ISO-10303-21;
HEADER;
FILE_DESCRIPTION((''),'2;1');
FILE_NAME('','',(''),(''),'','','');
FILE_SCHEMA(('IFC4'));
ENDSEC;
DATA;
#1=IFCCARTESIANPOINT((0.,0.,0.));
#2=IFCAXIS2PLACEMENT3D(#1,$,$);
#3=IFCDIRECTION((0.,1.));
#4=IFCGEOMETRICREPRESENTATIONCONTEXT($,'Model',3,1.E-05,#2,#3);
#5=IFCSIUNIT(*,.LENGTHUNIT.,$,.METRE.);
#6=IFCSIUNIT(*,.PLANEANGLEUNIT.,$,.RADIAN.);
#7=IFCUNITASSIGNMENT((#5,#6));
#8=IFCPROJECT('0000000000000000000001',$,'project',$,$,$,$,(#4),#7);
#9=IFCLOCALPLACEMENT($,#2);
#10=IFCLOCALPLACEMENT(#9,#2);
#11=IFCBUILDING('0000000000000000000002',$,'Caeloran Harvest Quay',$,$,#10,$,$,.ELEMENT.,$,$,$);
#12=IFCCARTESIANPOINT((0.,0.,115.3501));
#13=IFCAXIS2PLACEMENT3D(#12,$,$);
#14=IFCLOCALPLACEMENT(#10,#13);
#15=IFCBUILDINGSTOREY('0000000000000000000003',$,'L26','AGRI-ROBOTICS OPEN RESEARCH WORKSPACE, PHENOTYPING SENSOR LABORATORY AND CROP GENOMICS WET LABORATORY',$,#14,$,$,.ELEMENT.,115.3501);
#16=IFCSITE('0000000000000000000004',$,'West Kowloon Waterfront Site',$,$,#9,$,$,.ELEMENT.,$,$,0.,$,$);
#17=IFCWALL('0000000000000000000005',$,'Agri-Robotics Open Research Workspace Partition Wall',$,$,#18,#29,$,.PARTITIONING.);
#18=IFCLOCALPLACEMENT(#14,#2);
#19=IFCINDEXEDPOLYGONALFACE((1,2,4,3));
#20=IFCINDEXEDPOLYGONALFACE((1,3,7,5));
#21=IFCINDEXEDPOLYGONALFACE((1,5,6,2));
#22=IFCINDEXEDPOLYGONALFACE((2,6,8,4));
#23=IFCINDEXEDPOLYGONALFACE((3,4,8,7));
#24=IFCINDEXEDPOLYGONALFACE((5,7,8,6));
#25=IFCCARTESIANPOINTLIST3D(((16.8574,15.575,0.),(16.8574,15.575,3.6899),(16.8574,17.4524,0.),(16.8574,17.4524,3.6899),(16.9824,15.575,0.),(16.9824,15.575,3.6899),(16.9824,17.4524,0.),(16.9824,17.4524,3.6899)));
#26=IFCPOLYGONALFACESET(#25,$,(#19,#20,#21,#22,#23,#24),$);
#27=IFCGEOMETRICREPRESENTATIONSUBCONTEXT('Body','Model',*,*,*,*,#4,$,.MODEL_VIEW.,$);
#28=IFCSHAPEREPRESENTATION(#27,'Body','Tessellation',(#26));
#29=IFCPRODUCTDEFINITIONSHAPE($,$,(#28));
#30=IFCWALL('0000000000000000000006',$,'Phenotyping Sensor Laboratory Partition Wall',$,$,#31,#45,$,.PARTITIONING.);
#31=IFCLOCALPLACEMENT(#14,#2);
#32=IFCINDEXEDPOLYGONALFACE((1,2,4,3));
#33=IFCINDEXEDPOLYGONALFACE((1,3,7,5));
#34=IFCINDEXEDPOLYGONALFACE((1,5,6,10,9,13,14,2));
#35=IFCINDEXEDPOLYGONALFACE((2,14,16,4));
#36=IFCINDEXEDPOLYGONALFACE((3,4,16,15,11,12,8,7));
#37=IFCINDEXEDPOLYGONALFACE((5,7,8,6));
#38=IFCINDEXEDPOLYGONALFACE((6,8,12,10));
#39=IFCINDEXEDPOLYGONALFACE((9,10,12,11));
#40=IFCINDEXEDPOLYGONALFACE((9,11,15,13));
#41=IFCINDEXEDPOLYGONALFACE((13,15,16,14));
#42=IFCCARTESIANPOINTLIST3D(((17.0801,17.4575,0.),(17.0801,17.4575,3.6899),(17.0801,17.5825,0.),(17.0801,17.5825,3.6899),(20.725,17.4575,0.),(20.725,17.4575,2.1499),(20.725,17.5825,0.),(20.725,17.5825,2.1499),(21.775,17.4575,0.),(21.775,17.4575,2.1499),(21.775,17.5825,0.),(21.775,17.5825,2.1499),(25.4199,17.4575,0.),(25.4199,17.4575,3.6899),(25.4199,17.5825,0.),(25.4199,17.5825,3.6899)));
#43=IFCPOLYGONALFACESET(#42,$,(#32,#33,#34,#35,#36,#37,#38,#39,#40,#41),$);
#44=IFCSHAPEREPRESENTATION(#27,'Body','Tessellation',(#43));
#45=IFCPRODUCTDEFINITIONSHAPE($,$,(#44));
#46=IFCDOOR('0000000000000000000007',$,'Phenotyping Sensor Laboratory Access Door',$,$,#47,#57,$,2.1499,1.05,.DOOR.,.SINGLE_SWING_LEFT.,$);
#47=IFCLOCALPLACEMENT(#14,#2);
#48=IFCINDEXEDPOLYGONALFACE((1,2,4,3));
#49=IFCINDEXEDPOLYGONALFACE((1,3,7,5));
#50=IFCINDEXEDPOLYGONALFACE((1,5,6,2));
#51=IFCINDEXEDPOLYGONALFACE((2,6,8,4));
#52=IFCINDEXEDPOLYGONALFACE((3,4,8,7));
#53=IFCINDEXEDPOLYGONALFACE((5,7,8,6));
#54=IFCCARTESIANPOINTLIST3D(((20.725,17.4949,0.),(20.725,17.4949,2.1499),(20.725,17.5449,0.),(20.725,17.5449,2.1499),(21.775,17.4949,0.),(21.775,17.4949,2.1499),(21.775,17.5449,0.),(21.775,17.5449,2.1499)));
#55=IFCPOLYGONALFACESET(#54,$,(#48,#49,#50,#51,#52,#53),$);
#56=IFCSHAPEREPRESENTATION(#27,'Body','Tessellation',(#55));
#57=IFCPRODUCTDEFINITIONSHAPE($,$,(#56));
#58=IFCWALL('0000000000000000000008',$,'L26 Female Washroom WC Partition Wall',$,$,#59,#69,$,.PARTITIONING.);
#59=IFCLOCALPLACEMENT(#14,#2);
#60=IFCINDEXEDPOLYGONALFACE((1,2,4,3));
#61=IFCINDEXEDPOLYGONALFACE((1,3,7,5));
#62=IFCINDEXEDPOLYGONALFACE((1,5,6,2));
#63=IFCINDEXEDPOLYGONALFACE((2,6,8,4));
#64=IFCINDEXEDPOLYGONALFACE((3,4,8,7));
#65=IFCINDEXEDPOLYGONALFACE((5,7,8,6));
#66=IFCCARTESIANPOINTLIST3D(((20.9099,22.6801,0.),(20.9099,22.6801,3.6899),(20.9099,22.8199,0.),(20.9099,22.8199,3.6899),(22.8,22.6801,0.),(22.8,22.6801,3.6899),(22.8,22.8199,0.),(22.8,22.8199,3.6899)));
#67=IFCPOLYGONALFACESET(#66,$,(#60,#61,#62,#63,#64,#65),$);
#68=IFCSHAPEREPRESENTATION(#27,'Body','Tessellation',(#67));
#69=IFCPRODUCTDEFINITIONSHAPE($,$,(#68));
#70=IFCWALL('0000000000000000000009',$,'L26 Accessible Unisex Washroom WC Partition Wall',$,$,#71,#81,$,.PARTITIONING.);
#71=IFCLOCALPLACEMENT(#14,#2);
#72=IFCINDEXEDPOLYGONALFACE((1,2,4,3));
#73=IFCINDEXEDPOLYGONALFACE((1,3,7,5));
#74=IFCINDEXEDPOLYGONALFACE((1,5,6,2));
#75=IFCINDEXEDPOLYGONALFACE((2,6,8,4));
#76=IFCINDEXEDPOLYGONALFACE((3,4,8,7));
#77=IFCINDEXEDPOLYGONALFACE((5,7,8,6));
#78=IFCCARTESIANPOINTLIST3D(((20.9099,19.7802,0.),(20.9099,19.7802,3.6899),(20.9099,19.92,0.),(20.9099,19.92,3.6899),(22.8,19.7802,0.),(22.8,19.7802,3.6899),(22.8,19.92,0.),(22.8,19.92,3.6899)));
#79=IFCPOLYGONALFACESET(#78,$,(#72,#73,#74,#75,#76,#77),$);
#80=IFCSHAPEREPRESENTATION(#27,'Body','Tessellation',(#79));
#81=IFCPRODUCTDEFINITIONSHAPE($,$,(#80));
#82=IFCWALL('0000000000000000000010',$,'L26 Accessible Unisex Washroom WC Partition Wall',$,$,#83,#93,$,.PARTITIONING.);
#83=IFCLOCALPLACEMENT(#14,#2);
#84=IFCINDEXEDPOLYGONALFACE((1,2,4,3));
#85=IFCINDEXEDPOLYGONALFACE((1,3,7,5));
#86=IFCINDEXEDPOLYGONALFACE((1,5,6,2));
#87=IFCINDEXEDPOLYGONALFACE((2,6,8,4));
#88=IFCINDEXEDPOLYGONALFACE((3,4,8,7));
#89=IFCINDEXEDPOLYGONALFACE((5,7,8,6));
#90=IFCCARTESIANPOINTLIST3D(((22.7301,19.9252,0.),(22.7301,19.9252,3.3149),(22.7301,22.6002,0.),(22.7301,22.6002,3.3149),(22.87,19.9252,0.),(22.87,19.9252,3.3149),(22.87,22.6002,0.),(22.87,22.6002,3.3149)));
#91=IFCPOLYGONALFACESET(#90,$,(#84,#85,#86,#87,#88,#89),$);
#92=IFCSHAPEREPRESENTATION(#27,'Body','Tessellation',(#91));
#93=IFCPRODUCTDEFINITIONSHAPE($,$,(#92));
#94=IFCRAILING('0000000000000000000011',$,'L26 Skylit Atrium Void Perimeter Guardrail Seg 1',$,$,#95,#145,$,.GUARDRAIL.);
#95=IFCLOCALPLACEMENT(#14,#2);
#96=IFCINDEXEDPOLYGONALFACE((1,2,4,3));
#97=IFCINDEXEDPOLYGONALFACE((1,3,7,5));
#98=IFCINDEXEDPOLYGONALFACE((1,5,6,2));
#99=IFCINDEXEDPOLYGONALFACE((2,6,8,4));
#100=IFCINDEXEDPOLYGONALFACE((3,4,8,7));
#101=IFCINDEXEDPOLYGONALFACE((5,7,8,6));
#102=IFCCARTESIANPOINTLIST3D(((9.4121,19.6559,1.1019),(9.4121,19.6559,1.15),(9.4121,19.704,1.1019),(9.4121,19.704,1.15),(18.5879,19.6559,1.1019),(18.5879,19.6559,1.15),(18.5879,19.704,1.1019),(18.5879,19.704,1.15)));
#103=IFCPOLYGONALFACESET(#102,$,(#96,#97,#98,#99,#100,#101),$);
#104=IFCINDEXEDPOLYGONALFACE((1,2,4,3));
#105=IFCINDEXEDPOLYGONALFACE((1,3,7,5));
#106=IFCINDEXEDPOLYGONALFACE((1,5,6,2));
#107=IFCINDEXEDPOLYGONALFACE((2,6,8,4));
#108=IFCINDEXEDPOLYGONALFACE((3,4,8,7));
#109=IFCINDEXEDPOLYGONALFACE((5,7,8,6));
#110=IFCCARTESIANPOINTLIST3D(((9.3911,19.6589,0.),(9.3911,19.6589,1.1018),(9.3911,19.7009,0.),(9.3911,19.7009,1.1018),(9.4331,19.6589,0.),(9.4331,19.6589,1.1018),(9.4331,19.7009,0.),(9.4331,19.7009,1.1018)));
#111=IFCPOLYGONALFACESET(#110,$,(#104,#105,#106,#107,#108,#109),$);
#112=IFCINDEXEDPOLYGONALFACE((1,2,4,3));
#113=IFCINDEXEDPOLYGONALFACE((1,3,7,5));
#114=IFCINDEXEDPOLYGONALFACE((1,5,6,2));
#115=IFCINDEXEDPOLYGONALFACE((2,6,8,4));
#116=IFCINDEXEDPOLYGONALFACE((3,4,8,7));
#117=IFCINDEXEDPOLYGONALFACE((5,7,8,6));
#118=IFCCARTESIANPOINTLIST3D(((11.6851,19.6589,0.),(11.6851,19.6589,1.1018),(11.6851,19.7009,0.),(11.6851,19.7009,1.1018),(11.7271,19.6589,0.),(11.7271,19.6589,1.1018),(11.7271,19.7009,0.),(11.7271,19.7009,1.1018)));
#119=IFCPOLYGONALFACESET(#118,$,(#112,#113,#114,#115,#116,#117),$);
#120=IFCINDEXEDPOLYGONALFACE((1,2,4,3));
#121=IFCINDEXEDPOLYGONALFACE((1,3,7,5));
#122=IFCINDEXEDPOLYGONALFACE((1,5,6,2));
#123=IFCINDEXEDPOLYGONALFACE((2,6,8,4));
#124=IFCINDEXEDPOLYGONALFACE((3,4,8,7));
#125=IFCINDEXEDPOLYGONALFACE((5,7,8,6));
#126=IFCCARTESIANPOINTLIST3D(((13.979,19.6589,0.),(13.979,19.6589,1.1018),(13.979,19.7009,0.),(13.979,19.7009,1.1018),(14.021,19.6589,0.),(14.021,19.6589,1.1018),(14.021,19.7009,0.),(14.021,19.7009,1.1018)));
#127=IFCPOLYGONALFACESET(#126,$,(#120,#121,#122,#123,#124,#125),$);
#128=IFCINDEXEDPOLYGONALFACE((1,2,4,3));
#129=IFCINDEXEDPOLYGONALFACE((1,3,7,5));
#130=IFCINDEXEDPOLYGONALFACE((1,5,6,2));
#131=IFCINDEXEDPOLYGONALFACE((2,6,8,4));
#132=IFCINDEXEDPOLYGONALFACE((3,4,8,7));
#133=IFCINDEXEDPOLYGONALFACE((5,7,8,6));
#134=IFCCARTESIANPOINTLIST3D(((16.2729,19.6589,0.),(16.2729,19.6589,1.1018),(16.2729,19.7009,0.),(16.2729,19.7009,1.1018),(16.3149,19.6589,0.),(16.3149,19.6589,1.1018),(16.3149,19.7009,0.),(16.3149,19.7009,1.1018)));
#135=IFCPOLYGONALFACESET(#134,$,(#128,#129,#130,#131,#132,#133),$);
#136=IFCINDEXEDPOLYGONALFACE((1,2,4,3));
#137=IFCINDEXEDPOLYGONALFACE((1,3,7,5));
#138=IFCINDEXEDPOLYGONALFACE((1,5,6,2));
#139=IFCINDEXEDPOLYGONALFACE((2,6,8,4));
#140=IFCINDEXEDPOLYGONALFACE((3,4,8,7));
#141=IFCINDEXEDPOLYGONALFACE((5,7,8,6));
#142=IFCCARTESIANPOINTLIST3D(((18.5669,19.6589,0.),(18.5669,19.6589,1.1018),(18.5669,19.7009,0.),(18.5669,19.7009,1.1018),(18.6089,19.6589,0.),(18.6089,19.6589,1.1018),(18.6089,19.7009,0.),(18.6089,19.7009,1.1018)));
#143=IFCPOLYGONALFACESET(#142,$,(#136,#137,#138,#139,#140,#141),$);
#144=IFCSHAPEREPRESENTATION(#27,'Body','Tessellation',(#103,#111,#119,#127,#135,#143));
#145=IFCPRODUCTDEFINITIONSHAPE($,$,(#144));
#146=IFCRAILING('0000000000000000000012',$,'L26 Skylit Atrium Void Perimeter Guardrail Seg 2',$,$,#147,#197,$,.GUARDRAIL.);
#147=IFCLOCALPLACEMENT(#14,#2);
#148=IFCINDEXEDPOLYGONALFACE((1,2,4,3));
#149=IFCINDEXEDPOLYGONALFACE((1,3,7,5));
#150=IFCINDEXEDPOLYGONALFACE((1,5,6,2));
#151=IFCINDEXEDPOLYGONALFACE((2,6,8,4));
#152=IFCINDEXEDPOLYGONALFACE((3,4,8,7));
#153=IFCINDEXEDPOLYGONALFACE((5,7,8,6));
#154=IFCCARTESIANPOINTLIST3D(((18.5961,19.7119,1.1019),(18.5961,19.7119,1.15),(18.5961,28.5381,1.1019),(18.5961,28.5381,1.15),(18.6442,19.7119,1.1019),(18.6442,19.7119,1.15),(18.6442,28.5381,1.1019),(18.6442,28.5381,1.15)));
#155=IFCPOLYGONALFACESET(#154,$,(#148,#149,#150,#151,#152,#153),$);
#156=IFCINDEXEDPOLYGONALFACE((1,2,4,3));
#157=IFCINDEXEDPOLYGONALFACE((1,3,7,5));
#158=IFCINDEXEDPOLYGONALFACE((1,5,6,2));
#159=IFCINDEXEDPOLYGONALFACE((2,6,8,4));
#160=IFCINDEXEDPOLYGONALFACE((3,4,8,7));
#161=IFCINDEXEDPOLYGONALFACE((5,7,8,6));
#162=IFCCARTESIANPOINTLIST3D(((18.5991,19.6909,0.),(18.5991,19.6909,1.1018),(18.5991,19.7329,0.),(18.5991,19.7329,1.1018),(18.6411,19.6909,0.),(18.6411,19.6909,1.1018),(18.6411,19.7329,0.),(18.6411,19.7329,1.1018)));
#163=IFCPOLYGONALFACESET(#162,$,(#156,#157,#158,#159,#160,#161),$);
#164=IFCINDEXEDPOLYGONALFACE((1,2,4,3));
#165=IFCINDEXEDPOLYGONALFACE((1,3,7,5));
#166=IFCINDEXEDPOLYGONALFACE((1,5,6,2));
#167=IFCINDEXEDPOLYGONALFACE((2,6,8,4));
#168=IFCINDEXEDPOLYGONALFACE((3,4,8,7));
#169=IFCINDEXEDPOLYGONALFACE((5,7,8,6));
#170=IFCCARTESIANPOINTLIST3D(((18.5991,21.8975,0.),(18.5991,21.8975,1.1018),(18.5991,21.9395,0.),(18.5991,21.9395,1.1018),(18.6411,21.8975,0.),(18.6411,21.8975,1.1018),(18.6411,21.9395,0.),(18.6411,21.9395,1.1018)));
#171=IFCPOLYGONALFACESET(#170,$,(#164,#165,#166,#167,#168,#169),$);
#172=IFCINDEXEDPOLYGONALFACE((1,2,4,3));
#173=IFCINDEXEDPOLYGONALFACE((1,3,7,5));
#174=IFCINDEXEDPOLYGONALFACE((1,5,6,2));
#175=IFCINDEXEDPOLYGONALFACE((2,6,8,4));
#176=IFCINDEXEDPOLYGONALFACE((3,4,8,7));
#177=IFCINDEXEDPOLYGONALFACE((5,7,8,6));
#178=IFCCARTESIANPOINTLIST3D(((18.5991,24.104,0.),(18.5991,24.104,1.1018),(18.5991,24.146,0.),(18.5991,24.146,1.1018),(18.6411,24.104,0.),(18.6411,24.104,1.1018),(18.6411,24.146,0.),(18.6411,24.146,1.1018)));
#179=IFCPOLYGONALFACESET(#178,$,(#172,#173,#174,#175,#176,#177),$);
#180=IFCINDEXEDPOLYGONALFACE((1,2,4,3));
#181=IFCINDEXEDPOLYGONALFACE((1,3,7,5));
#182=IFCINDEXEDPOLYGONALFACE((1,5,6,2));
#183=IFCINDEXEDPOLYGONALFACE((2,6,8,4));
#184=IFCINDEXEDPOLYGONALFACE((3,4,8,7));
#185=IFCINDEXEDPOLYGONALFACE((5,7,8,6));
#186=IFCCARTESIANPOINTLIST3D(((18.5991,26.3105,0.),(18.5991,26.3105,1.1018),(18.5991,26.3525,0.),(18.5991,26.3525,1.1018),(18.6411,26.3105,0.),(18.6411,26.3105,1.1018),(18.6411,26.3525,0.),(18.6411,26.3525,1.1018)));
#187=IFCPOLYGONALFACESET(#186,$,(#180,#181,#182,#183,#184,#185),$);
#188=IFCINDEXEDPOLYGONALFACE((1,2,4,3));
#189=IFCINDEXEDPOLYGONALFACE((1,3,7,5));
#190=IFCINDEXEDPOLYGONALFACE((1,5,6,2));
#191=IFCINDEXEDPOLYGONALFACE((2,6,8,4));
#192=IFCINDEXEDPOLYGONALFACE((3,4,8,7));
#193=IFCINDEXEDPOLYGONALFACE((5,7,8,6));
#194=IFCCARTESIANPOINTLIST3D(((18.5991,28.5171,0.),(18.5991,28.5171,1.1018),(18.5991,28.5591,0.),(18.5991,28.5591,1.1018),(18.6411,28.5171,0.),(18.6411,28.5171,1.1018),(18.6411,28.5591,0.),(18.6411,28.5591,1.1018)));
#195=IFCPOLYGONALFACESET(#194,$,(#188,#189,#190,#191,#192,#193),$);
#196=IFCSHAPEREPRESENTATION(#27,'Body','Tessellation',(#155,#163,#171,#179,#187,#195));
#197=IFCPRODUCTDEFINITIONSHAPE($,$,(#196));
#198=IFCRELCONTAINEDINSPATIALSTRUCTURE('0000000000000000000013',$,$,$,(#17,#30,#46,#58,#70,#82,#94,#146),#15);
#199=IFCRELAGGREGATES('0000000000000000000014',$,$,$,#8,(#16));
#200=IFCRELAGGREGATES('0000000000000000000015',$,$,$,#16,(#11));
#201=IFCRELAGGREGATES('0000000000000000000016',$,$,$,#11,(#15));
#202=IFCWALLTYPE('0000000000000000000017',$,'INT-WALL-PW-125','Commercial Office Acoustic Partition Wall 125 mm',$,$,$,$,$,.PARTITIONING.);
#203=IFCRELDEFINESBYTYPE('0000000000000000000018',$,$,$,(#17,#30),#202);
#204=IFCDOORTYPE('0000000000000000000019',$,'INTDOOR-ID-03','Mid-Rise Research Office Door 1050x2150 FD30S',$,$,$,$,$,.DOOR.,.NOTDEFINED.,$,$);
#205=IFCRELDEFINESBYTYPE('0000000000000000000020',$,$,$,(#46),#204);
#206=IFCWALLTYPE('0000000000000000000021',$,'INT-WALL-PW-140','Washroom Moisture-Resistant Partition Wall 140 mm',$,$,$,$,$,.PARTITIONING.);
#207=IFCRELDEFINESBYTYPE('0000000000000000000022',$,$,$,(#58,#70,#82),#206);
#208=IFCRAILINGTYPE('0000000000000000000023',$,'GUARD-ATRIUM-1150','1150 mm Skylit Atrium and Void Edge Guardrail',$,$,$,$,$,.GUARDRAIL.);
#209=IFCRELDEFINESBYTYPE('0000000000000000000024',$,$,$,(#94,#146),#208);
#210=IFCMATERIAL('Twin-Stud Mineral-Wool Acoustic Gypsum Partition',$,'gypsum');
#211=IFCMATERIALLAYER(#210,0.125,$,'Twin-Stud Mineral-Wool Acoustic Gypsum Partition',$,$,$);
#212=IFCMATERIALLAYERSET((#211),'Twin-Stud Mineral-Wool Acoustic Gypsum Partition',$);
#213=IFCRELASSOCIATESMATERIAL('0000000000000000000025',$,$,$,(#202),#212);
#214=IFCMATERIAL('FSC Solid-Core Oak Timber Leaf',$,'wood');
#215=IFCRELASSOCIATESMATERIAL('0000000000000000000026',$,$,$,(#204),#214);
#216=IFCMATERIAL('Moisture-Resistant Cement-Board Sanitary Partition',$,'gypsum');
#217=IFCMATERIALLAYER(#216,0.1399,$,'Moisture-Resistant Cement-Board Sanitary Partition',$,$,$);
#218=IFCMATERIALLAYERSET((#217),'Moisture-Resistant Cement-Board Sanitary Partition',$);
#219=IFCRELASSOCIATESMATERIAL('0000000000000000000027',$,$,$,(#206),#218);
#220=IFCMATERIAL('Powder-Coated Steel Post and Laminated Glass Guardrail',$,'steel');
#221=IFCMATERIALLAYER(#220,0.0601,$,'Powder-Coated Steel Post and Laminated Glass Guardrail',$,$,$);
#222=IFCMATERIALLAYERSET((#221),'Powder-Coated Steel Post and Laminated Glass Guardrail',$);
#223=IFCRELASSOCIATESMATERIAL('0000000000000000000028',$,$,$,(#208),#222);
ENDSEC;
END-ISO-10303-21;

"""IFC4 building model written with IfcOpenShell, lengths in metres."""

from ifc_helpers import new_model, si_unit, direction, frame, frame_2d, origin, origin_2d, place, context, subcontext, project, spatial, rectangle, extrude, material, layer, layer_set, type_object, element, fill, save


model = new_model("IFC4")

# Units and contexts
model_context = context("Model", 3, precision=1e-05, world=origin(), true_north=direction((0.0, 1.0)))
body_context = subcontext(model_context, "Body", "Model", "MODEL_VIEW")
ifc_project = project(units=[si_unit("LENGTHUNIT", "METRE"), si_unit("PLANEANGLEUNIT", "RADIAN")], contexts=[model_context])

# Site, building, storey
site_placement = place(None, origin())
site = spatial("IfcSite", under=ifc_project, at=site_placement, Name="West Kowloon Waterfront Site", CompositionType="ELEMENT", RefElevation=0.0)
building_placement = place(site_placement, origin())
building = spatial("IfcBuilding", under=site, at=building_placement, Name="Caeloran Harvest Quay", CompositionType="ELEMENT")
storey_placement = place(building_placement, frame((0.0, 0.0, 115.3501)))
storey = spatial("IfcBuildingStorey", under=building, at=storey_placement, Name="L26", Description="AGRI-ROBOTICS OPEN RESEARCH WORKSPACE, PHENOTYPING SENSOR LABORATORY AND CROP GENOMICS WET LABORATORY", CompositionType="ELEMENT", Elevation=115.3501)

# Wall
ifc_material_1 = material(Name="Twin-Stud Mineral-Wool Acoustic Gypsum Partition", Category="gypsum")
ifc_layer_1 = layer(ifc_material_1, 0.125, Name="Twin-Stud Mineral-Wool Acoustic Gypsum Partition")
ifc_layer_set_1 = layer_set([ifc_layer_1], Name="Twin-Stud Mineral-Wool Acoustic Gypsum Partition")
wall_type_1 = type_object("IfcWallType", Name="INT-WALL-PW-125", Description="Commercial Office Acoustic Partition Wall 125 mm", PredefinedType="PARTITIONING", material=ifc_layer_set_1)
wall_1_placement = place(storey_placement, frame((16.9199, 17.4524, 0.0), z_axis=(0.0, 0.0, 1.0), x_axis=(0.0, -1.0, 0.0)))
element("IfcWall", 1, at=wall_1_placement, inside=storey, type_object=wall_type_1, Name="Agri-Robotics Open Research Workspace Partition Wall", PredefinedType="PARTITIONING", context=body_context, shape_type="SweptSolid", body=[
    extrude(rectangle(XDim=1.8774, YDim=0.125, at=frame_2d((0.9387, 0.0))), origin(), (0.0, 0.0, 1.0), 3.6899),
])

# Wall, opening, door
wall_2_placement = place(storey_placement, frame((17.0801, 17.52, 0.0), z_axis=(0.0, 0.0, 1.0), x_axis=(1.0, 0.0, 0.0)))
wall_2 = element("IfcWall", 2, at=wall_2_placement, inside=storey, type_object=wall_type_1, Name="Phenotyping Sensor Laboratory Partition Wall", PredefinedType="PARTITIONING", context=body_context, shape_type="SweptSolid", body=[
    extrude(rectangle(XDim=8.3398, YDim=0.125, at=frame_2d((4.1699, 0.0))), origin(), (0.0, 0.0, 1.0), 3.6899),
])
opening_1_placement = place(wall_2_placement, frame((3.645, 0.0, 0.0)))
opening_1 = element("IfcOpeningElement", 3, at=opening_1_placement, cuts=wall_2, PredefinedType="OPENING", context=body_context, shape_type="SweptSolid", body=[
    extrude(rectangle(XDim=1.05, YDim=2.1499, at=frame_2d((0.5249, 1.075))), frame((0.0, 0.0725, 0.0), z_axis=(0.0, -1.0, 0.0), x_axis=(1.0, 0.0, 0.0)), (0.0, 0.0, 1.0), 0.145),
])
ifc_material_2 = material(Name="FSC Solid-Core Oak Timber Leaf", Category="wood")
door_type_1 = type_object("IfcDoorType", Name="INTDOOR-ID-03", Description="Mid-Rise Research Office Door 1050x2150 FD30S", OperationType="NOTDEFINED", PredefinedType="DOOR", material=ifc_material_2)
door_1_placement = place(opening_1_placement, origin())
door_1 = element("IfcDoor", 4, at=door_1_placement, inside=storey, type_object=door_type_1, Name="Phenotyping Sensor Laboratory Access Door", OperationType="SINGLE_SWING_LEFT", OverallHeight=2.1499, OverallWidth=1.05, PredefinedType="DOOR", context=body_context, shape_type="SweptSolid", body=[
    extrude(rectangle(XDim=1.05, YDim=2.1499, at=frame_2d((0.5249, 1.075))), frame((0.0, 0.0249, 0.0), z_axis=(0.0, -1.0, 0.0), x_axis=(1.0, 0.0, 0.0)), (0.0, 0.0, 1.0), 0.05),
])
fill(opening_1, door_1)

# Wall
ifc_material_3 = material(Name="Moisture-Resistant Cement-Board Sanitary Partition", Category="gypsum")
ifc_layer_2 = layer(ifc_material_3, 0.1399, Name="Moisture-Resistant Cement-Board Sanitary Partition")
ifc_layer_set_2 = layer_set([ifc_layer_2], Name="Moisture-Resistant Cement-Board Sanitary Partition")
wall_type_2 = type_object("IfcWallType", Name="INT-WALL-PW-140", Description="Washroom Moisture-Resistant Partition Wall 140 mm", PredefinedType="PARTITIONING", material=ifc_layer_set_2)
wall_3_placement = place(storey_placement, frame((22.8, 22.75, 0.0), z_axis=(0.0, 0.0, 1.0), x_axis=(-1.0, 0.0, 0.0)))
element("IfcWall", 5, at=wall_3_placement, inside=storey, type_object=wall_type_2, Name="L26 Female Washroom WC Partition Wall", PredefinedType="PARTITIONING", context=body_context, shape_type="SweptSolid", body=[
    extrude(rectangle(XDim=1.8901, YDim=0.1399, at=frame_2d((0.9451, 0.0))), origin(), (0.0, 0.0, 1.0), 3.6899),
])

# Wall
wall_4_placement = place(storey_placement, frame((22.8, 19.8501, 0.0), z_axis=(0.0, 0.0, 1.0), x_axis=(-1.0, 0.0, 0.0)))
element("IfcWall", 6, at=wall_4_placement, inside=storey, type_object=wall_type_2, Name="L26 Accessible Unisex Washroom WC Partition Wall", PredefinedType="PARTITIONING", context=body_context, shape_type="SweptSolid", body=[
    extrude(rectangle(XDim=1.8901, YDim=0.1399, at=frame_2d((0.9451, 0.0))), origin(), (0.0, 0.0, 1.0), 3.6899),
])

# Wall
wall_5_placement = place(storey_placement, frame((22.8, 22.6001, 0.0), z_axis=(0.0, 0.0, 1.0), x_axis=(0.0, -1.0, 0.0)))
element("IfcWall", 7, at=wall_5_placement, inside=storey, type_object=wall_type_2, Name="L26 Accessible Unisex Washroom WC Partition Wall", PredefinedType="PARTITIONING", context=body_context, shape_type="SweptSolid", body=[
    extrude(rectangle(XDim=2.675, YDim=0.1399, at=frame_2d((1.3374, 0.0))), origin(), (0.0, 0.0, 1.0), 3.3149),
])

# Railings
ifc_material_4 = material(Name="Powder-Coated Steel Post and Laminated Glass Guardrail", Category="steel")
ifc_layer_3 = layer(ifc_material_4, 0.0601, Name="Powder-Coated Steel Post and Laminated Glass Guardrail")
ifc_layer_set_3 = layer_set([ifc_layer_3], Name="Powder-Coated Steel Post and Laminated Glass Guardrail")
railing_type = type_object("IfcRailingType", Name="GUARD-ATRIUM-1150", Description="1150 mm Skylit Atrium and Void Edge Guardrail", PredefinedType="GUARDRAIL", material=ifc_layer_set_3)
railing_1_placement = place(storey_placement, frame((9.4121, 19.6799, 0.0)))
element("IfcRailing", 8, at=railing_1_placement, inside=storey, type_object=railing_type, Name="L26 Skylit Atrium Void Perimeter Guardrail Seg 1", PredefinedType="GUARDRAIL", context=body_context, shape_type="SweptSolid", body=[
    extrude(rectangle(XDim=0.0481, YDim=0.0481, at=origin_2d()), frame((0.0, 0.0, 1.126), z_axis=(1.0, 0.0, 0.0), x_axis=(0.0, 1.0, 0.0)), (0.0, 0.0, 1.0), 9.1758),
    extrude(rectangle(XDim=0.042, YDim=0.042, at=origin_2d()), origin(), (0.0, 0.0, 1.0), 1.1018),
    extrude(rectangle(XDim=0.042, YDim=0.042, at=origin_2d()), frame((2.2939, 0.0, 0.0)), (0.0, 0.0, 1.0), 1.1018),
    extrude(rectangle(XDim=0.042, YDim=0.042, at=origin_2d()), frame((4.5879, 0.0, 0.0)), (0.0, 0.0, 1.0), 1.1018),
    extrude(rectangle(XDim=0.042, YDim=0.042, at=origin_2d()), frame((6.8818, 0.0, 0.0)), (0.0, 0.0, 1.0), 1.1018),
    extrude(rectangle(XDim=0.042, YDim=0.042, at=origin_2d()), frame((9.1758, 0.0, 0.0)), (0.0, 0.0, 1.0), 1.1018),
])
railing_2_placement = place(storey_placement, frame((18.6201, 19.7119, 0.0)))
element("IfcRailing", 9, at=railing_2_placement, inside=storey, type_object=railing_type, Name="L26 Skylit Atrium Void Perimeter Guardrail Seg 2", PredefinedType="GUARDRAIL", context=body_context, shape_type="SweptSolid", body=[
    extrude(rectangle(XDim=0.0481, YDim=0.0481, at=origin_2d()), frame((0.0, 0.0, 1.126), z_axis=(0.0, 1.0, 0.0), x_axis=(-1.0, 0.0, 0.0)), (0.0, 0.0, 1.0), 8.8262),
    extrude(rectangle(XDim=0.042, YDim=0.042, at=origin_2d()), origin(), (0.0, 0.0, 1.0), 1.1018),
    extrude(rectangle(XDim=0.042, YDim=0.042, at=origin_2d()), frame((0.0, 2.2065, 0.0)), (0.0, 0.0, 1.0), 1.1018),
    extrude(rectangle(XDim=0.042, YDim=0.042, at=origin_2d()), frame((0.0, 4.4131, 0.0)), (0.0, 0.0, 1.0), 1.1018),
    extrude(rectangle(XDim=0.042, YDim=0.042, at=origin_2d()), frame((0.0, 6.6196, 0.0)), (0.0, 0.0, 1.0), 1.1018),
    extrude(rectangle(XDim=0.042, YDim=0.042, at=origin_2d()), frame((0.0, 8.8262, 0.0)), (0.0, 0.0, 1.0), 1.1018),
])

save(model, "model.ifc")
